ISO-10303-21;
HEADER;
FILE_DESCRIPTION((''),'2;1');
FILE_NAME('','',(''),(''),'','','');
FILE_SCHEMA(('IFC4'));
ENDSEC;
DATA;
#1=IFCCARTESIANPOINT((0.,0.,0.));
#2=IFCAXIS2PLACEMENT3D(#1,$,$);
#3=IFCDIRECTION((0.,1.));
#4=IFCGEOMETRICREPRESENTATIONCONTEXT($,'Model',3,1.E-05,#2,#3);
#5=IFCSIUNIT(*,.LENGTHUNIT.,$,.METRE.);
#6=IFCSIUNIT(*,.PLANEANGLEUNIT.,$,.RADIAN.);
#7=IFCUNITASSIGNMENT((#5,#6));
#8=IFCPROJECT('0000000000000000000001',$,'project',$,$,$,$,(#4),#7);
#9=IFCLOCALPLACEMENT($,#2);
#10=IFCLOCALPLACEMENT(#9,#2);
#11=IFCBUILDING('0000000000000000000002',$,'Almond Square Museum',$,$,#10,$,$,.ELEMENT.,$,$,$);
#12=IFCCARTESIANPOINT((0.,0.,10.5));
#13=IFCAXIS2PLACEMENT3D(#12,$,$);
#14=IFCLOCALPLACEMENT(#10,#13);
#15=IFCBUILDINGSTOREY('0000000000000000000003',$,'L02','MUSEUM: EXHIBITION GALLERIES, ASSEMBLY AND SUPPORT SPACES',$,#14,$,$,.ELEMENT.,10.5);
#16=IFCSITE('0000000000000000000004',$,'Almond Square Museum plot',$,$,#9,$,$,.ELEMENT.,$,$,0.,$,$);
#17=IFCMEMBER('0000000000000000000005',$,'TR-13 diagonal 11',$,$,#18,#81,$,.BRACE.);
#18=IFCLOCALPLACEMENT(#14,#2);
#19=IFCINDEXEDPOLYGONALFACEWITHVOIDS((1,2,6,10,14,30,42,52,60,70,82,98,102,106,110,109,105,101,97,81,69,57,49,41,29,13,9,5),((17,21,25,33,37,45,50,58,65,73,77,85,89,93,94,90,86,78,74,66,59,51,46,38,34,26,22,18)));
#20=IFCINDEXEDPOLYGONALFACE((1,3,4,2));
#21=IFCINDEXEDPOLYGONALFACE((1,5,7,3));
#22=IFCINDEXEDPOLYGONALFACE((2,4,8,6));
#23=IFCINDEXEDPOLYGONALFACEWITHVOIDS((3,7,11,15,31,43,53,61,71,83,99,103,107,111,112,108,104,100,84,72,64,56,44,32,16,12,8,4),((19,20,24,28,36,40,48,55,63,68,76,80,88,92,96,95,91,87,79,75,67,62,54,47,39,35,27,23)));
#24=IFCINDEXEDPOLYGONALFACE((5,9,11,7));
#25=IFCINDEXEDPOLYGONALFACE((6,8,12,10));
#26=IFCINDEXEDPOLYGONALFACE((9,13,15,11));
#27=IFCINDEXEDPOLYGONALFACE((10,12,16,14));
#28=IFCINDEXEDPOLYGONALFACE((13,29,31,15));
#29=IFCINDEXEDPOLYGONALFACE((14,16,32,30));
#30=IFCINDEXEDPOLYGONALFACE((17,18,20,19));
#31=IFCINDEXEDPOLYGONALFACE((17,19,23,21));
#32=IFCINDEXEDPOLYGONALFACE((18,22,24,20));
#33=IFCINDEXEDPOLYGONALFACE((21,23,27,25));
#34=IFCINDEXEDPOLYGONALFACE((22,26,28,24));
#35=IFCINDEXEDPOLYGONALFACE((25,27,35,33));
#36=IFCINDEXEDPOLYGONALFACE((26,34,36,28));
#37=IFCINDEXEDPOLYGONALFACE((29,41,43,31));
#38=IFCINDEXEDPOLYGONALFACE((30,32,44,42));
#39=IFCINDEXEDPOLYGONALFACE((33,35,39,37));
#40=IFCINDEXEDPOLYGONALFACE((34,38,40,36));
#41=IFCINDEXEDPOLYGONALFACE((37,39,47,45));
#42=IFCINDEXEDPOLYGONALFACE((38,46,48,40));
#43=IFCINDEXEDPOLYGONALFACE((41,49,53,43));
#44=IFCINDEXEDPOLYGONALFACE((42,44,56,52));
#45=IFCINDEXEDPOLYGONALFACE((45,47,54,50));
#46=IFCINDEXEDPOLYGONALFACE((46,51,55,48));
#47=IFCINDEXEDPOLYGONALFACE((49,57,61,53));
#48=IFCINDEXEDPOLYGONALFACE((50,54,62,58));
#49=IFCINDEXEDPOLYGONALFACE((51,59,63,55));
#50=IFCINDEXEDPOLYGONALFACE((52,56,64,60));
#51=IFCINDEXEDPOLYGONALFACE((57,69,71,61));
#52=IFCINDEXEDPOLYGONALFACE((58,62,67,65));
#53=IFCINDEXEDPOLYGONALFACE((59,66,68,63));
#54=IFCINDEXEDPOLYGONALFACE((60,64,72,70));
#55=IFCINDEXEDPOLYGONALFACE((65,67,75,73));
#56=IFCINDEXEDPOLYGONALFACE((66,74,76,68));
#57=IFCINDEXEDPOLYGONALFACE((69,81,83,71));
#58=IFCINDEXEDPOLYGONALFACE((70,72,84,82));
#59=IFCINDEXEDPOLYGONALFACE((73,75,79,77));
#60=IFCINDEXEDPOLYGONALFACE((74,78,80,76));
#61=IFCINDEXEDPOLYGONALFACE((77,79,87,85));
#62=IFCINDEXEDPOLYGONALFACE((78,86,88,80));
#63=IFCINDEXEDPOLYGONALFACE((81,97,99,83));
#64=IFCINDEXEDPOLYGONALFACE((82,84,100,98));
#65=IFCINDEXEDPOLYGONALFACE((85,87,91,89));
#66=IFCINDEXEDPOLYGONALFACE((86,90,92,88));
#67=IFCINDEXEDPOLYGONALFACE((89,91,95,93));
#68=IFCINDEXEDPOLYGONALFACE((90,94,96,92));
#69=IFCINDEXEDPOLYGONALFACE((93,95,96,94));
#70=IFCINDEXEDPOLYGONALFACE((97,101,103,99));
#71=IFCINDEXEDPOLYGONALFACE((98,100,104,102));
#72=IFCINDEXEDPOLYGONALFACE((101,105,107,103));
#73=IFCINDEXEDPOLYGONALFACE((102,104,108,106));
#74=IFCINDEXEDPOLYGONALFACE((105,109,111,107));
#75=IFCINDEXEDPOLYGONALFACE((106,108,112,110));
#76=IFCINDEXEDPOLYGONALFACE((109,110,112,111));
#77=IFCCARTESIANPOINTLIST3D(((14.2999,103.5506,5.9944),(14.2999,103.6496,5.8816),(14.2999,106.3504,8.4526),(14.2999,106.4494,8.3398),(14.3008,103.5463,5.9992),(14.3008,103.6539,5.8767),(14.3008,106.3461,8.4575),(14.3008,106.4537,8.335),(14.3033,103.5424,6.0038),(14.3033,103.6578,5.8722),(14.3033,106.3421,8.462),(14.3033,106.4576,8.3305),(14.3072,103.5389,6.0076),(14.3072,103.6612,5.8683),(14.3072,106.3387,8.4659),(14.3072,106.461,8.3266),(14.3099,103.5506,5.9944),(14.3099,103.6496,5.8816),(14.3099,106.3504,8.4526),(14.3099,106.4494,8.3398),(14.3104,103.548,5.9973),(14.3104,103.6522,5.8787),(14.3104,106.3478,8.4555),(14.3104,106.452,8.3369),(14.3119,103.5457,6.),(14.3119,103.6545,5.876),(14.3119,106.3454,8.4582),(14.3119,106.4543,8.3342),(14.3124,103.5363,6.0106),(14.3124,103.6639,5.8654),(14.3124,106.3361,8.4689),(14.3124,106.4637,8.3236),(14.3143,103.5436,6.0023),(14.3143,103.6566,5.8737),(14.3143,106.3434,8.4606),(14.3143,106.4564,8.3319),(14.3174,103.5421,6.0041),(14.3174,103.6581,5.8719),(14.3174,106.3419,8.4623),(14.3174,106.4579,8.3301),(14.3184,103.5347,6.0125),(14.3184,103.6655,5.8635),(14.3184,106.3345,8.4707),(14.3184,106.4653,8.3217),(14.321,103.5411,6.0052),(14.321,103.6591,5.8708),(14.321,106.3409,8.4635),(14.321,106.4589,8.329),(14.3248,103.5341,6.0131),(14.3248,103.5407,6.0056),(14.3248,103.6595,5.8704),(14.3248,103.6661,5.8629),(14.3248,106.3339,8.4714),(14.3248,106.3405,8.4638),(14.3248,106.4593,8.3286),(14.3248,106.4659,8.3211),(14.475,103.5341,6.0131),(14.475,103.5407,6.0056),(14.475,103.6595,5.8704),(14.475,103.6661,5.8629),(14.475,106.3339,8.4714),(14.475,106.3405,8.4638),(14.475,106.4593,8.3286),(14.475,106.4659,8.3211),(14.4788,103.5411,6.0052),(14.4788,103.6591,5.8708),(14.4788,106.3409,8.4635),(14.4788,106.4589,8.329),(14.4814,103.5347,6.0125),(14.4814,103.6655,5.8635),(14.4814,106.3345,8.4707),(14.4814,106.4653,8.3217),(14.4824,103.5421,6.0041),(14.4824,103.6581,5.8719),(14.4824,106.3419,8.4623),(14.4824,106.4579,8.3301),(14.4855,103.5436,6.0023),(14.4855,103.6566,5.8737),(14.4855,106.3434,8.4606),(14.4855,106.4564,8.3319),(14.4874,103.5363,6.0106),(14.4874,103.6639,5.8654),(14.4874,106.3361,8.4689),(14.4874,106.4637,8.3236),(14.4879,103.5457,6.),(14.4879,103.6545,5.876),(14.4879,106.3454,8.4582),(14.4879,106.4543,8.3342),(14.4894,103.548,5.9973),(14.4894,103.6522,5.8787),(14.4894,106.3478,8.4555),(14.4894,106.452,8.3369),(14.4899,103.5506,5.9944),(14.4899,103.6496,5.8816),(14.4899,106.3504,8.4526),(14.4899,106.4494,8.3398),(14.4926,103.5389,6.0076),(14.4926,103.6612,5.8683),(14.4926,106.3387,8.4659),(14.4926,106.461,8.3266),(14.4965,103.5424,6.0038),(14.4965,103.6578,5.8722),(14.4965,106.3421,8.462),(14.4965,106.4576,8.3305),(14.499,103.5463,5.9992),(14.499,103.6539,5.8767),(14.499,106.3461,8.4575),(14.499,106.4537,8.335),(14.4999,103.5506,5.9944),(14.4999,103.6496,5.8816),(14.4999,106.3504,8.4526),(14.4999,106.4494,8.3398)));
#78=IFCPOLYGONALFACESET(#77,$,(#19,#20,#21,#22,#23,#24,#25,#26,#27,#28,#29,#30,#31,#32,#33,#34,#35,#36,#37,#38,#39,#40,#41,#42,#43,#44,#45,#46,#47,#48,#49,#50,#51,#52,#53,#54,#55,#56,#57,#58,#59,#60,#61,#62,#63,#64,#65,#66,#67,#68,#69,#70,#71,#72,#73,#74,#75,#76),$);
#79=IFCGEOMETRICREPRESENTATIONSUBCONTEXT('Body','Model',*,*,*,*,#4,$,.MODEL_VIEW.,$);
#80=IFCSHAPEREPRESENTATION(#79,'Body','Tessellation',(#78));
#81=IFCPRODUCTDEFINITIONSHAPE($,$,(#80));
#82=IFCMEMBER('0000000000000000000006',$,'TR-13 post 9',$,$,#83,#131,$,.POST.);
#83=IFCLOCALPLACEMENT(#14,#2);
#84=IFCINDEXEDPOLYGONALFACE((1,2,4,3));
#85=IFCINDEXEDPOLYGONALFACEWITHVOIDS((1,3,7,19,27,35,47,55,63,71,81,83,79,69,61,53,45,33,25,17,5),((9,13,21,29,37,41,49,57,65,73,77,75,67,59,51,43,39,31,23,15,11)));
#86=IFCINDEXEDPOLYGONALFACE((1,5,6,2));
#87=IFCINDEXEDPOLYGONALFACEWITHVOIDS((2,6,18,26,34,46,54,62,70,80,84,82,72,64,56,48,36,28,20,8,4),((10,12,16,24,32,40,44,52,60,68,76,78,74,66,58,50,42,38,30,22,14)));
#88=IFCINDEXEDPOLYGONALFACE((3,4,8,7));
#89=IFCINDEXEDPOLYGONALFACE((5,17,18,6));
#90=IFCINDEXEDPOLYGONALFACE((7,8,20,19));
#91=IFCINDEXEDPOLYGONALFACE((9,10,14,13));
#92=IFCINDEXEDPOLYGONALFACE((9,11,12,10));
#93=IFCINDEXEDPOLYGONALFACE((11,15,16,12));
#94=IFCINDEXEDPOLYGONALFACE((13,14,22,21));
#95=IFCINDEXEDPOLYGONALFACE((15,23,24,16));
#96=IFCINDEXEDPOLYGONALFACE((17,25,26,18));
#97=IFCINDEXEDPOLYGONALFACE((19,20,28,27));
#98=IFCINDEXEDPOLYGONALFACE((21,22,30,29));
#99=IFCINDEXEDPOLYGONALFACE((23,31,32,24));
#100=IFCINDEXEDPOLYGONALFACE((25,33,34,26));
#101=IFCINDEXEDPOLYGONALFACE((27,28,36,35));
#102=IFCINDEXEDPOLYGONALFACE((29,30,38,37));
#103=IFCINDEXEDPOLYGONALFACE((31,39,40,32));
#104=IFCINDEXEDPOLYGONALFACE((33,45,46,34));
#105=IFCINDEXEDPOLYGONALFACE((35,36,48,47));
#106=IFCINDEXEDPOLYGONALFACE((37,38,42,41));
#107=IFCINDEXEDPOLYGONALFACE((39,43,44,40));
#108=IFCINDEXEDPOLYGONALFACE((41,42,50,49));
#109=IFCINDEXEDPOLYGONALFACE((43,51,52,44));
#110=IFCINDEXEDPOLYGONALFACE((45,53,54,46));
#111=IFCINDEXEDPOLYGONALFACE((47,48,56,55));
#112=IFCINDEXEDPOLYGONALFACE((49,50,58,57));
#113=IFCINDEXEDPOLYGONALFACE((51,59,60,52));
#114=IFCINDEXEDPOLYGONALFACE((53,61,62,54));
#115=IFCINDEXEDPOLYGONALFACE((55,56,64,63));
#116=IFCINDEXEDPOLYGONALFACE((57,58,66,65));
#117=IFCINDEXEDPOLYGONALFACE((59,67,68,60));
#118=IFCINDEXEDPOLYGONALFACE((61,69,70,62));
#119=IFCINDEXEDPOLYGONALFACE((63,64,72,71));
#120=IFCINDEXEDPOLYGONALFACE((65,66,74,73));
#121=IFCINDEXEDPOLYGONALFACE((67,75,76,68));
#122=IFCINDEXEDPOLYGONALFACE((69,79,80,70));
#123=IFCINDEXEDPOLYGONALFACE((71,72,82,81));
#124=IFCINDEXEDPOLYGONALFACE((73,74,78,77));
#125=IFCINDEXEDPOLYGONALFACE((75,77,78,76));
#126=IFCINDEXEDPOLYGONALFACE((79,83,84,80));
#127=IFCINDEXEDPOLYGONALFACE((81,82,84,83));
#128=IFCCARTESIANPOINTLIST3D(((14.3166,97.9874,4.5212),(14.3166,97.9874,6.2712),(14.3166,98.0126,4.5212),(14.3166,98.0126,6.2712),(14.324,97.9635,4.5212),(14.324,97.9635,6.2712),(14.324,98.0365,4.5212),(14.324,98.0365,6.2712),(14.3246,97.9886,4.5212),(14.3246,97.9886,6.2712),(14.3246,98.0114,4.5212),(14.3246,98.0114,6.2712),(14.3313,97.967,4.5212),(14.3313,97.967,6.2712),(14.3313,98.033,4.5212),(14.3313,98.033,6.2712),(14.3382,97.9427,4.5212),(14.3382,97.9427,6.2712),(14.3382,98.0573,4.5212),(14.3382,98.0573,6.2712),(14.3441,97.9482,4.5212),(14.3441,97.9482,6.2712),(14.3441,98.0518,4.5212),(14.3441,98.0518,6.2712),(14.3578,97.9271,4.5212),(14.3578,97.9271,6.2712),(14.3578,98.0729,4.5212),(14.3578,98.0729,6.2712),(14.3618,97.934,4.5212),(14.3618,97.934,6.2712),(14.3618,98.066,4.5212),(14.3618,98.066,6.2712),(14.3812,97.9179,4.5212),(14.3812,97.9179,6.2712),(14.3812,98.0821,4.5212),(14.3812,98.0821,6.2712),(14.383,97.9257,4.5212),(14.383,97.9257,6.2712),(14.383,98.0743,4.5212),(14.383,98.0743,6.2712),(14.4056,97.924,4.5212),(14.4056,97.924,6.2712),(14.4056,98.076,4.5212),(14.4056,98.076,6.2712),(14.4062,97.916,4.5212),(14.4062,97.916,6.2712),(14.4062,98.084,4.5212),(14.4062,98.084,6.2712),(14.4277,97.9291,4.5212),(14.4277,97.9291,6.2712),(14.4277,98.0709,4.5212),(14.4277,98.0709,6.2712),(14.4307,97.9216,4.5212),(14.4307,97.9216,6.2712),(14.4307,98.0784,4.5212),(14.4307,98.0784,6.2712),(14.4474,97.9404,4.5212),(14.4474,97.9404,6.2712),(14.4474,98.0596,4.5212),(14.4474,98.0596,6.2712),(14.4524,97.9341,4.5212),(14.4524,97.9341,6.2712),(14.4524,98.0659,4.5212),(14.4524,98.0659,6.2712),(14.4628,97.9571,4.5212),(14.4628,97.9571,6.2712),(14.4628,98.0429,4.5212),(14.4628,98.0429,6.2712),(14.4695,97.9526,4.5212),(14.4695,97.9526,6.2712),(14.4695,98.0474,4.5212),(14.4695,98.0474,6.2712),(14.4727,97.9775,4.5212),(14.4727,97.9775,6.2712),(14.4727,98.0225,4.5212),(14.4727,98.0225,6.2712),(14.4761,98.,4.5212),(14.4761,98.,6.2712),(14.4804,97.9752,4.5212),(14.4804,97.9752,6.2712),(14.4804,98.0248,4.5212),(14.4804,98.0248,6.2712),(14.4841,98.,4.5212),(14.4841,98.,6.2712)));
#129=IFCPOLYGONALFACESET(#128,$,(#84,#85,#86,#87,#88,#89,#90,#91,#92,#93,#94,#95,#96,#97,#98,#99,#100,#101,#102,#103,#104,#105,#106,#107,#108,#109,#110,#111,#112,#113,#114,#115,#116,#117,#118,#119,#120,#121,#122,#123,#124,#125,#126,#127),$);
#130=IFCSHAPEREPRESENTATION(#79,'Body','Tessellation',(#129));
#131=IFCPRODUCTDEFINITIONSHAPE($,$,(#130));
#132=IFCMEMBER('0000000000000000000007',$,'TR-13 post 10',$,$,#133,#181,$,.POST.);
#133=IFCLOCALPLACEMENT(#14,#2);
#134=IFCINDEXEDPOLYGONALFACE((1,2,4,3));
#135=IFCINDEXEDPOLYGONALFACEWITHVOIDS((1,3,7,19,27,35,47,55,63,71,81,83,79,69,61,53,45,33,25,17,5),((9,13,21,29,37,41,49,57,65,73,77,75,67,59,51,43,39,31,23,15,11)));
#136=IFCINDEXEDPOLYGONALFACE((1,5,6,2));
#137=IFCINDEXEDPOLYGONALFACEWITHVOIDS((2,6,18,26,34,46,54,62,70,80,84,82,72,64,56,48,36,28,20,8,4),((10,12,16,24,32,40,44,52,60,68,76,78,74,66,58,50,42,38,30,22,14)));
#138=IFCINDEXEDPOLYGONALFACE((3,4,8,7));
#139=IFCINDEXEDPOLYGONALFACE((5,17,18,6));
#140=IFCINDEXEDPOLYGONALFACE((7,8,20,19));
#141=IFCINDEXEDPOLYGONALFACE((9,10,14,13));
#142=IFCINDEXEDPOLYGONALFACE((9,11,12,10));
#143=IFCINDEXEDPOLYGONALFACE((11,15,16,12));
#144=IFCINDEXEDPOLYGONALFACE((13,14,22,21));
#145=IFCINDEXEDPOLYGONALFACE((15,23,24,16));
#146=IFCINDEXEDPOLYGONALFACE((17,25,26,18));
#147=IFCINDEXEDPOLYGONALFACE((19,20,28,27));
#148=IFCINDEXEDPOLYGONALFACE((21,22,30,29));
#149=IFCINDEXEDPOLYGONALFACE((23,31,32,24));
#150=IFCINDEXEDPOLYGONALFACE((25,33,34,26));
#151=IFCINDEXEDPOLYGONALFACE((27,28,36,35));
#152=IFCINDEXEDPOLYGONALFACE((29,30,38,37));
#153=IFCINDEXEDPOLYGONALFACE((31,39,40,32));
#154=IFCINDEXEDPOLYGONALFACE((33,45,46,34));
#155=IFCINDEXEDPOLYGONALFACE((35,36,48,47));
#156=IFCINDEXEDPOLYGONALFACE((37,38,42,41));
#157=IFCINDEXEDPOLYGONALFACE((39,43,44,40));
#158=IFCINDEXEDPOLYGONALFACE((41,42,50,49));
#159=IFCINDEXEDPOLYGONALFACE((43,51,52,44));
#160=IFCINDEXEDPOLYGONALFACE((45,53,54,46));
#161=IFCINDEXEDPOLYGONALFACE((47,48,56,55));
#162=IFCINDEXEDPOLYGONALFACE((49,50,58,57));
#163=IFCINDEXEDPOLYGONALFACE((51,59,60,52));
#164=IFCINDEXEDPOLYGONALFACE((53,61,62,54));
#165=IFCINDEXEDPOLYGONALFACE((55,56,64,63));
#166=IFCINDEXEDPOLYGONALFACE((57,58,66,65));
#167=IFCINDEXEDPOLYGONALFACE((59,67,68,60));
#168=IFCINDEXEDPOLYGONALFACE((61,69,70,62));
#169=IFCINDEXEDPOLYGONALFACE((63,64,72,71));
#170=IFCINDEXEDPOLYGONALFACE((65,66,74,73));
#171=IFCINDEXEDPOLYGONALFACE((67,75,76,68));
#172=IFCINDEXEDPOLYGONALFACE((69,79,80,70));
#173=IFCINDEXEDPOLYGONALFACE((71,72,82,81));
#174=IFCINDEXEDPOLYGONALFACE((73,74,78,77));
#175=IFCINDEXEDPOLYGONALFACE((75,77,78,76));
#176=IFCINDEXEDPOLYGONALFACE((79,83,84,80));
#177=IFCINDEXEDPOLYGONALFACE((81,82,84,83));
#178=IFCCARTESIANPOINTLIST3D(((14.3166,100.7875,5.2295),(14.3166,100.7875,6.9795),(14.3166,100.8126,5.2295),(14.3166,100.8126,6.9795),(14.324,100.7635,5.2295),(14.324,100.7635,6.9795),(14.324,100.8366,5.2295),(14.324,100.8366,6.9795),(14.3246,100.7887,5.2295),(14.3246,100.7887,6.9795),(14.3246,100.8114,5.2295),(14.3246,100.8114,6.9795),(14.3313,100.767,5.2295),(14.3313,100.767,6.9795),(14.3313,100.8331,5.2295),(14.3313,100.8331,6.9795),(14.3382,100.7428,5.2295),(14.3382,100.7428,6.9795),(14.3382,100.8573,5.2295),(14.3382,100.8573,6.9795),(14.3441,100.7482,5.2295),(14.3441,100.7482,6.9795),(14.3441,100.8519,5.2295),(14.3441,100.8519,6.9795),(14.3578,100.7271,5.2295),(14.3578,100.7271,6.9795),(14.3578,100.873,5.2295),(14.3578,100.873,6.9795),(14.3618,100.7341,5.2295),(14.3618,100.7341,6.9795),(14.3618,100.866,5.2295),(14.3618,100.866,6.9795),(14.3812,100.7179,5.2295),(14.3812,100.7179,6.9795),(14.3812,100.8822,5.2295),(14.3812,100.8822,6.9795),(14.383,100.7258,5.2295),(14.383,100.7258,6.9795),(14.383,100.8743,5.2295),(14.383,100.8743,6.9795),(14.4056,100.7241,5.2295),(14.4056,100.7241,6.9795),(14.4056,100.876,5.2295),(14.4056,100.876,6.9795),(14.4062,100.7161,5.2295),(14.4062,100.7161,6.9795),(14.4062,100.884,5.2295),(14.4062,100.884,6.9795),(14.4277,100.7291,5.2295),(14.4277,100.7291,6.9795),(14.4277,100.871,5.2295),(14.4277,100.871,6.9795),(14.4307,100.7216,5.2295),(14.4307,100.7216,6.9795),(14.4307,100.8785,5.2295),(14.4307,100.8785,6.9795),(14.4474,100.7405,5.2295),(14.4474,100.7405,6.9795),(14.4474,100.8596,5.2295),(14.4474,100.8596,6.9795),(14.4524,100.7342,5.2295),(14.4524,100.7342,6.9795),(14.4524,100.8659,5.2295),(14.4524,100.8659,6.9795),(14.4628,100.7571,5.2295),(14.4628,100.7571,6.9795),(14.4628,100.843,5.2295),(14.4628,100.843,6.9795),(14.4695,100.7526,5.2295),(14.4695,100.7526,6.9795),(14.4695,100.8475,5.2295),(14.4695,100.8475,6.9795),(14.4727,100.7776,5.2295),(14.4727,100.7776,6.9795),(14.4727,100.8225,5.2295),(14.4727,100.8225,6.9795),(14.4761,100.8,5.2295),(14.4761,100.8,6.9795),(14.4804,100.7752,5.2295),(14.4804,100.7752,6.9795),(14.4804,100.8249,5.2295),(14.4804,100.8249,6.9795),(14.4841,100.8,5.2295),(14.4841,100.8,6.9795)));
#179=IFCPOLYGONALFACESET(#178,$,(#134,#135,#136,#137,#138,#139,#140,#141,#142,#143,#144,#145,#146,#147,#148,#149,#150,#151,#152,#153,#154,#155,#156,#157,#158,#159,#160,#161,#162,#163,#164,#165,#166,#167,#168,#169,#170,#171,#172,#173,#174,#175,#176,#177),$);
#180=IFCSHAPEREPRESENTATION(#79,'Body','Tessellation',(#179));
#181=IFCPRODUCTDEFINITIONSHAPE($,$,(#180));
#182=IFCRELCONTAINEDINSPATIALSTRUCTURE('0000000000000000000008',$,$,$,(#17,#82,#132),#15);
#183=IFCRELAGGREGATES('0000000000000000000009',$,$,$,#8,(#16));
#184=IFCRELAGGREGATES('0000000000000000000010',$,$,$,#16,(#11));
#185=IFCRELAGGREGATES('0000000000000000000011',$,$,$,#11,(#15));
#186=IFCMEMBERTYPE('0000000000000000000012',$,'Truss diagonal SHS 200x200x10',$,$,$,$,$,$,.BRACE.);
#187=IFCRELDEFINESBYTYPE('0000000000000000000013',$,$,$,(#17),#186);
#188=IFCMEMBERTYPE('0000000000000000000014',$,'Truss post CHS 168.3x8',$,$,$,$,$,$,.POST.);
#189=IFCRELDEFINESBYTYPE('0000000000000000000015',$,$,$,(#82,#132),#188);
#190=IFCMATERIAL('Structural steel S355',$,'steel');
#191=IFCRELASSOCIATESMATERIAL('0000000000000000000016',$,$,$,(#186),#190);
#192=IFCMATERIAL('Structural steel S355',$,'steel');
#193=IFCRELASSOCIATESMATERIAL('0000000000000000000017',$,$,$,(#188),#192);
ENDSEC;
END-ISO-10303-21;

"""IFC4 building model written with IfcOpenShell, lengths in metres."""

from ifc_helpers import new_model, si_unit, direction, frame, origin, origin_2d, place, context, subcontext, project, spatial, hollow_rectangle, hollow_circle, extrude, material, material_profile, profile_set, type_object, element, save


model = new_model("IFC4")

# Units and contexts
model_context = context("Model", 3, precision=1e-05, world=origin(), true_north=direction((0.0, 1.0)))
body_context = subcontext(model_context, "Body", "Model", "MODEL_VIEW")
ifc_project = project(units=[si_unit("LENGTHUNIT", "METRE"), si_unit("PLANEANGLEUNIT", "RADIAN")], contexts=[model_context])

# Site, building, storey
site_placement = place(None, origin())
site = spatial("IfcSite", under=ifc_project, at=site_placement, Name="Almond Square Museum plot", CompositionType="ELEMENT", RefElevation=0.0)
building_placement = place(site_placement, origin())
building = spatial("IfcBuilding", under=site, at=building_placement, Name="Almond Square Museum", CompositionType="ELEMENT")
storey_placement = place(building_placement, frame((0.0, 0.0, 10.5)))
storey = spatial("IfcBuildingStorey", under=building, at=storey_placement, Name="L02", Description="MUSEUM: EXHIBITION GALLERIES, ASSEMBLY AND SUPPORT SPACES", CompositionType="ELEMENT", Elevation=10.5)

# Members
ifc_material_1 = material(Name="Structural steel S355", Category="steel")
ifc_material_profile_1 = material_profile(ifc_material_1, hollow_rectangle(XDim=0.2, YDim=0.2, WallThickness=0.01, InnerFilletRadius=0.0149, OuterFilletRadius=0.0249, at=origin_2d()))
ifc_profile_set_1 = profile_set([ifc_material_profile_1], Name="Structural steel S355")
member_type_1 = type_object("IfcMemberType", Name="Truss diagonal SHS 200x200x10", PredefinedType="BRACE", material=ifc_profile_set_1)
member_1_placement = place(storey_placement, frame((14.3999, 103.6001, 5.938), z_axis=(0.0, 0.751455, 0.659784), x_axis=(-1.0, 0.0, 0.0)))
element("IfcMember", 1, at=member_1_placement, inside=storey, type_object=member_type_1, Name="TR-13 diagonal 11", PredefinedType="BRACE", context=body_context, shape_type="SweptSolid", body=[
    extrude(hollow_rectangle(XDim=0.2, YDim=0.2, WallThickness=0.01, InnerFilletRadius=0.0149, OuterFilletRadius=0.0249, at=origin_2d()), origin(), (0.0, 0.0, 1.0), 3.7258),
])
ifc_material_2 = material(Name="Structural steel S355", Category="steel")
ifc_material_profile_2 = material_profile(ifc_material_2, hollow_circle(Radius=0.0842, WallThickness=0.0081, at=origin_2d()))
ifc_profile_set_2 = profile_set([ifc_material_profile_2], Name="Structural steel S355")
member_type_2 = type_object("IfcMemberType", Name="Truss post CHS 168.3x8", PredefinedType="POST", material=ifc_profile_set_2)
for number, where, z_axis, x_axis, name in (
    (2, (14.3999, 98.0, 4.5212), (0.0, 0.0, 1.0), (1.0, 0.0, 0.0), "TR-13 post 9"),
    (3, (14.3999, 100.8, 5.2295), (0.0, 0.0, 1.0), (1.0, 0.0, 0.0), "TR-13 post 10"),
):
    element("IfcMember", number, at=place(storey_placement, frame(where, z_axis=z_axis, x_axis=x_axis)), inside=storey, type_object=member_type_2, Name=name, PredefinedType="POST", context=body_context, shape_type="SweptSolid", body=[
        extrude(hollow_circle(Radius=0.0842, WallThickness=0.0081, at=origin_2d()), origin(), (0.0, 0.0, 1.0), 1.75),
    ])

save(model, "model.ifc")
